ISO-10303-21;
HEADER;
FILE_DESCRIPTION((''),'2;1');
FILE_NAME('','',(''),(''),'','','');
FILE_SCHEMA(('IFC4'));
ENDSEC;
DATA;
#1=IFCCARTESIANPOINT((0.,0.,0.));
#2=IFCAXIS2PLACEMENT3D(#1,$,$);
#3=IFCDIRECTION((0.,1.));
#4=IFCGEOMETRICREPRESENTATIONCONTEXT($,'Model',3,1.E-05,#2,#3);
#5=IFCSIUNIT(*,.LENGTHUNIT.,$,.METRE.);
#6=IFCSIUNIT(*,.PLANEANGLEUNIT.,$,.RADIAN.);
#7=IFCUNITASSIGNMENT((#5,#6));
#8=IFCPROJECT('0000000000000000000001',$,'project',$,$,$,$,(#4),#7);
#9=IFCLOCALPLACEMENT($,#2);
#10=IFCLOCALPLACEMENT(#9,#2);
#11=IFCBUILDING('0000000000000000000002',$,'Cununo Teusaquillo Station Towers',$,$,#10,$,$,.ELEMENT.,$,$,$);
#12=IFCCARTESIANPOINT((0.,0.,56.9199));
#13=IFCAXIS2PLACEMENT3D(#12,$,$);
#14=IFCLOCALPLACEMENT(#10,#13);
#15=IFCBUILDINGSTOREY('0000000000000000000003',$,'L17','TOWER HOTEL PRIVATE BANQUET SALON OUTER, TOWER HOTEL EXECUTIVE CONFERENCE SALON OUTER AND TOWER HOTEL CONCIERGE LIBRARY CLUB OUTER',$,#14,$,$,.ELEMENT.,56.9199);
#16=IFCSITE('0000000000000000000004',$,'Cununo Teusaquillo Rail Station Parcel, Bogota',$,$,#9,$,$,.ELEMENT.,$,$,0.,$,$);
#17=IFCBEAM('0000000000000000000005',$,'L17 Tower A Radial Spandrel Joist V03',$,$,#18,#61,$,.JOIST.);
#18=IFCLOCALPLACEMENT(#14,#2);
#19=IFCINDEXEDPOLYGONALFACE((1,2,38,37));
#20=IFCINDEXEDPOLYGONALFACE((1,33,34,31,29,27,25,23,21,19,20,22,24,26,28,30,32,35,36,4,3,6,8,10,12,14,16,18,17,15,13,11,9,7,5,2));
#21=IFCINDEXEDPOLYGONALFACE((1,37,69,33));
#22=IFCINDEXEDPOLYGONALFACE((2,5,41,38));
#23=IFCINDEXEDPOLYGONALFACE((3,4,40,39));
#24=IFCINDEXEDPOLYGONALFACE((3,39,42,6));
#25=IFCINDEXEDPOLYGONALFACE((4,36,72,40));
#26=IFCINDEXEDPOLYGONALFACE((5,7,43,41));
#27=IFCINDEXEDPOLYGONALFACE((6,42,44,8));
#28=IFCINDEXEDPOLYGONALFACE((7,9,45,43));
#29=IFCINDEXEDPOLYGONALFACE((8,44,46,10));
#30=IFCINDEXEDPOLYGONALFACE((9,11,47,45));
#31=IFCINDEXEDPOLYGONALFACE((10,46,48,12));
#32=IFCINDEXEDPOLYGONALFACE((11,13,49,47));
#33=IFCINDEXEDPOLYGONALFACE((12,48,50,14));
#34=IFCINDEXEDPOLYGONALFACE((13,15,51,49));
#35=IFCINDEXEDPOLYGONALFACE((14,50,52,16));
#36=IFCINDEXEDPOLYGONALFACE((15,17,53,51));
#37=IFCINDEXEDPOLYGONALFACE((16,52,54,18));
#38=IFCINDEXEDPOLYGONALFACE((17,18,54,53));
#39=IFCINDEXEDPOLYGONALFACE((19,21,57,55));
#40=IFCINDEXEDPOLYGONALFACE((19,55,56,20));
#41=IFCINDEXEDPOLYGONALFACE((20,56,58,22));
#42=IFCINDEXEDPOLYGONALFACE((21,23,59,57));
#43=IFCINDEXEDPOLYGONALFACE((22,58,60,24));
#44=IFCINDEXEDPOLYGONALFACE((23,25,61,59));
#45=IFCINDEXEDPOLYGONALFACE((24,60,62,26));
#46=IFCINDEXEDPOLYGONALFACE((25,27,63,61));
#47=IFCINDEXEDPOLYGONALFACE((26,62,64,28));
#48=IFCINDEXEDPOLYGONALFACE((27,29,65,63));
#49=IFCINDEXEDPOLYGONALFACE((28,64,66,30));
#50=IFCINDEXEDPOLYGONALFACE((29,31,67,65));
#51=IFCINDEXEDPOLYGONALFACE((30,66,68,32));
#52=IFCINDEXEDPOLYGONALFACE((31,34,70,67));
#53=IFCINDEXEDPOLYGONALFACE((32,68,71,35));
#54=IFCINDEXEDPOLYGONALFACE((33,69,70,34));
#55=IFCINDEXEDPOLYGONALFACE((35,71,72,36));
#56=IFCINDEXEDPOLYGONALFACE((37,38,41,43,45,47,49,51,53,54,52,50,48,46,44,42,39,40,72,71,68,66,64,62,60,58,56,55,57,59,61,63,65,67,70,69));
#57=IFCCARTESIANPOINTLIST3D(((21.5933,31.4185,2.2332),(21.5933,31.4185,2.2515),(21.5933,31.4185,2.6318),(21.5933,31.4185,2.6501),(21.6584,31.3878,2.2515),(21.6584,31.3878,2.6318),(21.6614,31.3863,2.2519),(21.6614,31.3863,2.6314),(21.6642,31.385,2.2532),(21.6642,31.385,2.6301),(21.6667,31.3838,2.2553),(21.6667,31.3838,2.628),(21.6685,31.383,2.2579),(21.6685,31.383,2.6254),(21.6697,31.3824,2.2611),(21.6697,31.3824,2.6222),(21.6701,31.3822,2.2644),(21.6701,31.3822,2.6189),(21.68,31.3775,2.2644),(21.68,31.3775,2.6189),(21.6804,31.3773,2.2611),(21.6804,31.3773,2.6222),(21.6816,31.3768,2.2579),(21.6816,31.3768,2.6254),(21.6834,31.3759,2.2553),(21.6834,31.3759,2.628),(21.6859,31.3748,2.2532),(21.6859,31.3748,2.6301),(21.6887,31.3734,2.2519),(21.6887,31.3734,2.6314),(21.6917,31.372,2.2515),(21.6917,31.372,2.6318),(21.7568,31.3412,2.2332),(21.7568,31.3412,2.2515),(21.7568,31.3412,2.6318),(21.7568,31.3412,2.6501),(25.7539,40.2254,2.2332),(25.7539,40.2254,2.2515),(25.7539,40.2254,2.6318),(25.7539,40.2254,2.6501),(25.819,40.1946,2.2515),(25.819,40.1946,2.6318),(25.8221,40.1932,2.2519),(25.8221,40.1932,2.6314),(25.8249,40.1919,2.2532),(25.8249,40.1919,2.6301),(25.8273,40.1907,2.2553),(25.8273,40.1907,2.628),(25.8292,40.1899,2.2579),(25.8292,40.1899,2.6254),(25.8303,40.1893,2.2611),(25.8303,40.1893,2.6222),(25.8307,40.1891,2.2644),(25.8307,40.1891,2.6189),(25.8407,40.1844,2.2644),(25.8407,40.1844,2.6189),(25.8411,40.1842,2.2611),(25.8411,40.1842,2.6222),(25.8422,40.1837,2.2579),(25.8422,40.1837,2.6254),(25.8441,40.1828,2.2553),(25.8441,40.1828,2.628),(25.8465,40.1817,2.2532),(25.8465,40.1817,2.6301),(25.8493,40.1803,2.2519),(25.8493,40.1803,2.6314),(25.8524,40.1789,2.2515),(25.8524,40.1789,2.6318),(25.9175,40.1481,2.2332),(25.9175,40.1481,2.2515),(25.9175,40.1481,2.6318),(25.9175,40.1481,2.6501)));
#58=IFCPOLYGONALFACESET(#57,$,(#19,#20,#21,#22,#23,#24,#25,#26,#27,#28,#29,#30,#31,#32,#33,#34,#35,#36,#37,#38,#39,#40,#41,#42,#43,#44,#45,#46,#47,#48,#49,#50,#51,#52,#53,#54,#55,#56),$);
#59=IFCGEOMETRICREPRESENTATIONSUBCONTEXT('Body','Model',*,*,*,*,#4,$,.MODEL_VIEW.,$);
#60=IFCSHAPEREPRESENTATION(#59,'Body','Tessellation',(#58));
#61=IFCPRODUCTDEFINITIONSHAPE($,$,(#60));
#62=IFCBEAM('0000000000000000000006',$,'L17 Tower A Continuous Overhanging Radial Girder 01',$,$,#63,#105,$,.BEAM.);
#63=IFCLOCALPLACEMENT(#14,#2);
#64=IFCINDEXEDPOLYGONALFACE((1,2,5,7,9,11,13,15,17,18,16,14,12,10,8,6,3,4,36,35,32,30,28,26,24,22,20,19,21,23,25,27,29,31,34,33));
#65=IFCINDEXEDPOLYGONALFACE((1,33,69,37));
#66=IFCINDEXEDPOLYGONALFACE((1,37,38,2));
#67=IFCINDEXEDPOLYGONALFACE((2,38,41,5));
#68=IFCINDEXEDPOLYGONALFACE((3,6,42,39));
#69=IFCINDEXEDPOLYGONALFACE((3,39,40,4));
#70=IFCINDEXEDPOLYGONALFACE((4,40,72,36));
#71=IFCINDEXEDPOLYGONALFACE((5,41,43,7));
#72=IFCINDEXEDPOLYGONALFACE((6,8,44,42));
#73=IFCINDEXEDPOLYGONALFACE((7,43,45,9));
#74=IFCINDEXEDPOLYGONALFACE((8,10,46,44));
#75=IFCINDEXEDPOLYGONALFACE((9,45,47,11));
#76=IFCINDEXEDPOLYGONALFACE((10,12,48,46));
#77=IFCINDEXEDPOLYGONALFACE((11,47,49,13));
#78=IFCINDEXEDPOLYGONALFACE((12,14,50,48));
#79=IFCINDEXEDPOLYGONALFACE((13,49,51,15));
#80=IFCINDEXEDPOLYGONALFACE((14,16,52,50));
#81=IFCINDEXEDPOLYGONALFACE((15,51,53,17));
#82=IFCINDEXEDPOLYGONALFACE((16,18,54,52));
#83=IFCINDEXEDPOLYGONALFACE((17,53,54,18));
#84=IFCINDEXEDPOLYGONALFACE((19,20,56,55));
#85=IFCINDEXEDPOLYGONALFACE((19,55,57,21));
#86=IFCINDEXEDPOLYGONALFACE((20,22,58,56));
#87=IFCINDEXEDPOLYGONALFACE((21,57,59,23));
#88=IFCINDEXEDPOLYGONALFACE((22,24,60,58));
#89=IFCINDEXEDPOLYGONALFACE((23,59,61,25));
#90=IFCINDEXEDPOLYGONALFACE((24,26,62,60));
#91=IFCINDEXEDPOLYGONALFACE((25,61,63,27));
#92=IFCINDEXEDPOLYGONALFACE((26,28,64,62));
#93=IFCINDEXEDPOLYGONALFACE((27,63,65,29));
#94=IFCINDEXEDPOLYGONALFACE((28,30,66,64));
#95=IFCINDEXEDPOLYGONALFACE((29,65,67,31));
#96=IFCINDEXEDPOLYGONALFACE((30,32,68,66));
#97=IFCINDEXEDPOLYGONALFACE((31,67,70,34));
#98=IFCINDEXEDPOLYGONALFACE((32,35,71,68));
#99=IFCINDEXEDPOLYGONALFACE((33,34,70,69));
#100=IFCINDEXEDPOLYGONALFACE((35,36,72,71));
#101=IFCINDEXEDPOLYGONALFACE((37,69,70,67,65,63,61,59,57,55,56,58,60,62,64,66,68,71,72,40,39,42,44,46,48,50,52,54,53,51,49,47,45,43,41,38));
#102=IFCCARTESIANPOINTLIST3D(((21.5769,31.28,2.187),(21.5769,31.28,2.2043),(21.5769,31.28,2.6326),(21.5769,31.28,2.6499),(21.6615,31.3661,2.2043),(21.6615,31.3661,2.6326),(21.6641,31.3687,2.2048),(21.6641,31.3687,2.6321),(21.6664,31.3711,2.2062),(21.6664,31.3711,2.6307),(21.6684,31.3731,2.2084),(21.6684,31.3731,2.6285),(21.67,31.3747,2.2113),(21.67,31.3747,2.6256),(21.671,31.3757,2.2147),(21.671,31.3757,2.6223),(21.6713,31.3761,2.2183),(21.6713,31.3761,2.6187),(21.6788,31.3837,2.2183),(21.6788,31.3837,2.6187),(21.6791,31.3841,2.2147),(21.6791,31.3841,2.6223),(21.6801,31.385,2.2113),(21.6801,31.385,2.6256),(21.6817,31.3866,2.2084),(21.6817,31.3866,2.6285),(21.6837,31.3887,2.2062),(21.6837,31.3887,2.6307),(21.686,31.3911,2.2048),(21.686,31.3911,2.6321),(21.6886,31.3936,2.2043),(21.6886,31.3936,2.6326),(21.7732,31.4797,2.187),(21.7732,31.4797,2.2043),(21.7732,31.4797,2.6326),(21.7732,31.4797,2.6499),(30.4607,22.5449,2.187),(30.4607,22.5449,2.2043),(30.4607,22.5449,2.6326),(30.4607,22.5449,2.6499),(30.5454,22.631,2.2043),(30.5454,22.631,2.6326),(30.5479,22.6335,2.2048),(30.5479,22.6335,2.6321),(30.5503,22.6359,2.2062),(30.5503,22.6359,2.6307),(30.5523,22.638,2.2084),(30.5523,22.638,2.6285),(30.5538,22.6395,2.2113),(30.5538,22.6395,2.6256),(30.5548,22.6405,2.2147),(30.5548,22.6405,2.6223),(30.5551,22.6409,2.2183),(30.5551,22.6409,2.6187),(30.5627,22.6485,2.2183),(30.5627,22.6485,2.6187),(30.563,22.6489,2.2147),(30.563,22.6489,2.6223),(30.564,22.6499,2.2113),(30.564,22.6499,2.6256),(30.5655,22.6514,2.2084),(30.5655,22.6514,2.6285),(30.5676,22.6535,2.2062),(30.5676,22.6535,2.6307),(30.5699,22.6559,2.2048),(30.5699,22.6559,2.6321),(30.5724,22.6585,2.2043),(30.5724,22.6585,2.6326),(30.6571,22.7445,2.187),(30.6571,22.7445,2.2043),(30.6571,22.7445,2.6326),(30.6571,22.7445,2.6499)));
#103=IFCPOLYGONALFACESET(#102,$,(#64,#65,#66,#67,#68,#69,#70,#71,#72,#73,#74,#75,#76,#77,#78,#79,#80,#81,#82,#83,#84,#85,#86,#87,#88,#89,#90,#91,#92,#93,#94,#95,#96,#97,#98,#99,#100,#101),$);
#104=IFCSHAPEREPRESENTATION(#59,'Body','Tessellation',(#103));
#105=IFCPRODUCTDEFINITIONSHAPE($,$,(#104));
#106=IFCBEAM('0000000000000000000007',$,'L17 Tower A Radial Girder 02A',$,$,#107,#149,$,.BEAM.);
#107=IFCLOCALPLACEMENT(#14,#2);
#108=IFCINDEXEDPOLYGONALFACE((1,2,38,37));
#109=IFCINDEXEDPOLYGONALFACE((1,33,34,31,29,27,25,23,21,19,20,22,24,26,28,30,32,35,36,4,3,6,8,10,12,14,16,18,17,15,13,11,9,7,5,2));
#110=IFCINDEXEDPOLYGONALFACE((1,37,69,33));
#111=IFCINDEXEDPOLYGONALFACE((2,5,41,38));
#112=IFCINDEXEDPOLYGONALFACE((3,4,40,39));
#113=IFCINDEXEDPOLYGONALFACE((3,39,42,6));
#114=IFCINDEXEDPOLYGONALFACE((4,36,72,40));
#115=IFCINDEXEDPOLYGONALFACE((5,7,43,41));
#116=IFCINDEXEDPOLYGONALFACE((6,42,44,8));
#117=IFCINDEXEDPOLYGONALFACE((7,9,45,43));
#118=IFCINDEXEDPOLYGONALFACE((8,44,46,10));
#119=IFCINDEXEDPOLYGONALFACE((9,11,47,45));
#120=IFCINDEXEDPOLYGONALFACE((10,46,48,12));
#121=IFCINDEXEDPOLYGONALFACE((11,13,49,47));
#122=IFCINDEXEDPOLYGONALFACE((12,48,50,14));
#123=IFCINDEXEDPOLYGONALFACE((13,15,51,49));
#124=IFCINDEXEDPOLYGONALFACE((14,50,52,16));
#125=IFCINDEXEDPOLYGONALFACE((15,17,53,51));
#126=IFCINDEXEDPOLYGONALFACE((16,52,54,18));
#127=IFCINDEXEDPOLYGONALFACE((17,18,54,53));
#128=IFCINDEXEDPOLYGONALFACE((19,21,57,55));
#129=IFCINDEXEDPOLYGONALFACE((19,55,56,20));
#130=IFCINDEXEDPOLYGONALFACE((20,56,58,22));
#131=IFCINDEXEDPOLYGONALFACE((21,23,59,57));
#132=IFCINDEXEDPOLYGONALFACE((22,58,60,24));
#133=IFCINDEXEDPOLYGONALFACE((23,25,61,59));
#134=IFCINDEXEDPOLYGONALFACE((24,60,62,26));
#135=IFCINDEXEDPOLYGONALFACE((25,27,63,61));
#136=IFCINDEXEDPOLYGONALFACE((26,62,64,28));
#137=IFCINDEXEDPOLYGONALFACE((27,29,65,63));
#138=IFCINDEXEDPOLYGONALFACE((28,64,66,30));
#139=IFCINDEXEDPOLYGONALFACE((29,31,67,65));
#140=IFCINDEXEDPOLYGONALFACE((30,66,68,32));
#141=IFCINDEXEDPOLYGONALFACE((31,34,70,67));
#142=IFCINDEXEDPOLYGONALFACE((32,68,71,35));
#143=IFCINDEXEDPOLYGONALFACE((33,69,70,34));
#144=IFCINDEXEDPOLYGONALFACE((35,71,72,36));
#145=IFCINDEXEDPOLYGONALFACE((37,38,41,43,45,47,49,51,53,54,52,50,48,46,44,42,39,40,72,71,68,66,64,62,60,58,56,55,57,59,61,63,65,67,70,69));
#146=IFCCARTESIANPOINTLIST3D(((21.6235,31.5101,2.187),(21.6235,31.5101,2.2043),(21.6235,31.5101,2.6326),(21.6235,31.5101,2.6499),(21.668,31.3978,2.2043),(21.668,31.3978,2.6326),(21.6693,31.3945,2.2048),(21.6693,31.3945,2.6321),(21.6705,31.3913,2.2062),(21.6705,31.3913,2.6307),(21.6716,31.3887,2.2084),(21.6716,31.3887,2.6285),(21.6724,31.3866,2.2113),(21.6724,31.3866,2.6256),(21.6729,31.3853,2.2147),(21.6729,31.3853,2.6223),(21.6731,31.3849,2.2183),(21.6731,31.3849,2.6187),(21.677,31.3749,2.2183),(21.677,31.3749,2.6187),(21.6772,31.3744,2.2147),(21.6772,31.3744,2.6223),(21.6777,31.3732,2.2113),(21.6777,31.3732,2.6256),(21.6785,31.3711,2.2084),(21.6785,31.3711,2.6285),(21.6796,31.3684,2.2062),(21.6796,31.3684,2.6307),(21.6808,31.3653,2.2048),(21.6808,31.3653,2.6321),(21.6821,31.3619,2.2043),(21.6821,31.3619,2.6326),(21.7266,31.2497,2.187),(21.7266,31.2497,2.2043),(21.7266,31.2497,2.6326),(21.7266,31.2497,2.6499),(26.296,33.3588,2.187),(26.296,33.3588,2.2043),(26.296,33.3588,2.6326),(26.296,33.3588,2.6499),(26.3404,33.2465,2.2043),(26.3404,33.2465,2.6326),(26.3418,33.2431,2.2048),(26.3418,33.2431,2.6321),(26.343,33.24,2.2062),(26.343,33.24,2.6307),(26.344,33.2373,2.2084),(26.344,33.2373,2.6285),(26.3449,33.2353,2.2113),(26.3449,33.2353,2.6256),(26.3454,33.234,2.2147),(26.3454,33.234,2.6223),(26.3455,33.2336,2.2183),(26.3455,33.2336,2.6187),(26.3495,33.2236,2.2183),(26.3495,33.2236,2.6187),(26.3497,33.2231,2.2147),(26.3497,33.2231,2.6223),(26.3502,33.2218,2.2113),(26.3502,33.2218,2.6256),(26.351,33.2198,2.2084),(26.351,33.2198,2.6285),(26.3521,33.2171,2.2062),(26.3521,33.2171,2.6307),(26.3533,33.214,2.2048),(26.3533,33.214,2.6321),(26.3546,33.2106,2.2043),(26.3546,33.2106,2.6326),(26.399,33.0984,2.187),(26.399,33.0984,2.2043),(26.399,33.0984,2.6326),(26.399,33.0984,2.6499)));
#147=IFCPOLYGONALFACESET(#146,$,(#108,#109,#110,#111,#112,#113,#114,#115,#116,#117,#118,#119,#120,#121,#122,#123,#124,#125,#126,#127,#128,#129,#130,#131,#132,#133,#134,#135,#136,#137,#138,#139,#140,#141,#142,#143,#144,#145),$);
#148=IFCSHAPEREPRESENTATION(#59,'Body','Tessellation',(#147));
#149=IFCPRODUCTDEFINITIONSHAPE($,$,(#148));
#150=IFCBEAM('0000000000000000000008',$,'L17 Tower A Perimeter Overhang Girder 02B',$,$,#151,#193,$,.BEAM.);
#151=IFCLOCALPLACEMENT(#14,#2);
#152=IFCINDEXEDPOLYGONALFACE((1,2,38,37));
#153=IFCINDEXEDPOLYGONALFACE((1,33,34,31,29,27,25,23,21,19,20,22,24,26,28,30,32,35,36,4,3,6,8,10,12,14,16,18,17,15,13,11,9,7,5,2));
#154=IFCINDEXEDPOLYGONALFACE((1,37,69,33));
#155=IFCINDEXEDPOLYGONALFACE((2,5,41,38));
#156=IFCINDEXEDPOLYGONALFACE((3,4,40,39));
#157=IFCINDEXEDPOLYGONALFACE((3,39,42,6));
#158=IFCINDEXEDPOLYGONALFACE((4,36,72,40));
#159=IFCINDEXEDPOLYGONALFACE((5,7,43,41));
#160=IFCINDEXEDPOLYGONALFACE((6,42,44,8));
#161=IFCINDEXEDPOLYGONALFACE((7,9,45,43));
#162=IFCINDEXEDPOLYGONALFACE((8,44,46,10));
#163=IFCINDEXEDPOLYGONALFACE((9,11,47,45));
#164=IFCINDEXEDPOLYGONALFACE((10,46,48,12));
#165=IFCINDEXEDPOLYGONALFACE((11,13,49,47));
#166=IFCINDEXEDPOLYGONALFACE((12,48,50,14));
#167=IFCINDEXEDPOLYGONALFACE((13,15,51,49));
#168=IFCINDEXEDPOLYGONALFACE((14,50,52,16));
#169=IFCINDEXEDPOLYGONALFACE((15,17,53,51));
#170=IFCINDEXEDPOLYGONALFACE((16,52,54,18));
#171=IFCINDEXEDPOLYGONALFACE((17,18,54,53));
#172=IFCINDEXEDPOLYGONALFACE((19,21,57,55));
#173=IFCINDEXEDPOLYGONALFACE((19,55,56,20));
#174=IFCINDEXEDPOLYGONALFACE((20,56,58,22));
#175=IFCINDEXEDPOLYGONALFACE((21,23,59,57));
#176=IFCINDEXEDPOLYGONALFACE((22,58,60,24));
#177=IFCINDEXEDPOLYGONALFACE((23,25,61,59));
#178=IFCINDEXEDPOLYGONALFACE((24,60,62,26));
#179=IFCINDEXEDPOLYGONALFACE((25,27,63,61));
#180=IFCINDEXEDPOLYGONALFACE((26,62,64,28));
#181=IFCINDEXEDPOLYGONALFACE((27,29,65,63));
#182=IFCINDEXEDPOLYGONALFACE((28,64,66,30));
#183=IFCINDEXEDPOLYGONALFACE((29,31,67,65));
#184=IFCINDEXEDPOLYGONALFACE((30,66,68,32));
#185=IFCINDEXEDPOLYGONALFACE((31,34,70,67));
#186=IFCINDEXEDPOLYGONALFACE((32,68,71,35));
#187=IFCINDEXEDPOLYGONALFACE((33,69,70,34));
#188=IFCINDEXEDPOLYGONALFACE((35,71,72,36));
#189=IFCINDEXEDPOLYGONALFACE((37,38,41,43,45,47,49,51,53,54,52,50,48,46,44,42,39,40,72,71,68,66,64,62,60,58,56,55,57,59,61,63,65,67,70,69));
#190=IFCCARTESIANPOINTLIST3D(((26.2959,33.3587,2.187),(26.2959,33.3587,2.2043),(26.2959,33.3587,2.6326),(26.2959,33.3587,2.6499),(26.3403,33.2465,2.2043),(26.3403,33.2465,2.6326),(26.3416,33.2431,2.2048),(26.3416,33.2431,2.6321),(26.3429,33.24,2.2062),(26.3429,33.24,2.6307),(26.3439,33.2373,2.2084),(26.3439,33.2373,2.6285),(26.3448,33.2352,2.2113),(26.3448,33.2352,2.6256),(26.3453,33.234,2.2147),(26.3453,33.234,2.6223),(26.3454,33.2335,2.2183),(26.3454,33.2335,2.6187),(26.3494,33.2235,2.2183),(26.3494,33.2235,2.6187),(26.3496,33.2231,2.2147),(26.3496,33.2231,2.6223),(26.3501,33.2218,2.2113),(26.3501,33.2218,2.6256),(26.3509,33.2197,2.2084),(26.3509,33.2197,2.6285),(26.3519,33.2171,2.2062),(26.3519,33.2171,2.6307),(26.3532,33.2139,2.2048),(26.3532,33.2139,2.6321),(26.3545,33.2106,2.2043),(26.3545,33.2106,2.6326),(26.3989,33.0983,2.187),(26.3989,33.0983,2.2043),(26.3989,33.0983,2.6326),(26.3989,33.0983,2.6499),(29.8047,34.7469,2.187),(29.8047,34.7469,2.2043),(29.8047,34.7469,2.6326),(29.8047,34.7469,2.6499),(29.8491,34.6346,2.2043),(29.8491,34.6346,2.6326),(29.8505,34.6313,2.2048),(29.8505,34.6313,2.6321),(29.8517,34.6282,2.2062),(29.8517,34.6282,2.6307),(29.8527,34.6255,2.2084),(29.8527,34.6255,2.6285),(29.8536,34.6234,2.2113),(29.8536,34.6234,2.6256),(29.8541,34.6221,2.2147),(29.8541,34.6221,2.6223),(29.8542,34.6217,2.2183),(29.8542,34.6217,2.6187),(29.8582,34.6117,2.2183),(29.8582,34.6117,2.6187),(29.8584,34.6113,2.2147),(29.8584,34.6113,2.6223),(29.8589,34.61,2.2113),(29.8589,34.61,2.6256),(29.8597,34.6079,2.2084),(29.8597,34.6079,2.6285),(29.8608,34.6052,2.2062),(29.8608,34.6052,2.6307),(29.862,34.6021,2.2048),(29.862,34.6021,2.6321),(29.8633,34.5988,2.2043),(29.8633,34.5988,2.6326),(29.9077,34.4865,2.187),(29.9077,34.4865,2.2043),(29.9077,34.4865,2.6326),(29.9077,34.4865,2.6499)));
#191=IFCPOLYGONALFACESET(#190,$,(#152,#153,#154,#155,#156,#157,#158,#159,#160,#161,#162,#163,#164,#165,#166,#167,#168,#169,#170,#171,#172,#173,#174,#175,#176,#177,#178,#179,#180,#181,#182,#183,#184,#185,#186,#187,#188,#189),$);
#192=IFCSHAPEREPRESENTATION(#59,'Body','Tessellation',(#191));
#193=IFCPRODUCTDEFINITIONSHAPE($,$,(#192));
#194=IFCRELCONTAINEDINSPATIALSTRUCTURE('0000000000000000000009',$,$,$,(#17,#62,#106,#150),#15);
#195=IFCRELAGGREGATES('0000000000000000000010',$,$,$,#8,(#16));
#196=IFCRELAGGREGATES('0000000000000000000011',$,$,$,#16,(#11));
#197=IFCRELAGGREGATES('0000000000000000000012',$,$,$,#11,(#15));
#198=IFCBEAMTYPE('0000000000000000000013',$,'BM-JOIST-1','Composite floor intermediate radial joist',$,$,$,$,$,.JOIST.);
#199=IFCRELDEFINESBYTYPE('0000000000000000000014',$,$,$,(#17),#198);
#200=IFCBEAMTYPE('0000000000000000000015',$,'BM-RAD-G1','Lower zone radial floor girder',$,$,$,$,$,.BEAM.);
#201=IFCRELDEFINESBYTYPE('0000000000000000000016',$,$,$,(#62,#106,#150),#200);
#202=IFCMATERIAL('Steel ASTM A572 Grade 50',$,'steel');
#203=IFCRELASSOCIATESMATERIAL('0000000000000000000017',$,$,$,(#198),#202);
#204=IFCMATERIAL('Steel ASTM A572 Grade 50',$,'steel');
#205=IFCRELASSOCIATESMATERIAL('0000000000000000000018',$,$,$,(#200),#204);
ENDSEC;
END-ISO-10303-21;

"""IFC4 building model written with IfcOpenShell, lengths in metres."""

from ifc_helpers import new_model, si_unit, direction, frame, origin, origin_2d, place, context, subcontext, project, spatial, i_section, extrude, material, material_profile, profile_set, type_object, element, save


model = new_model("IFC4")

# Units and contexts
model_context = context("Model", 3, precision=1e-05, world=origin(), true_north=direction((0.0, 1.0)))
body_context = subcontext(model_context, "Body", "Model", "MODEL_VIEW")
ifc_project = project(units=[si_unit("LENGTHUNIT", "METRE"), si_unit("PLANEANGLEUNIT", "RADIAN")], contexts=[model_context])

# Site, building, storey
site_placement = place(None, origin())
site = spatial("IfcSite", under=ifc_project, at=site_placement, Name="Cununo Teusaquillo Rail Station Parcel, Bogota", CompositionType="ELEMENT", RefElevation=0.0)
building_placement = place(site_placement, origin())
building = spatial("IfcBuilding", under=site, at=building_placement, Name="Cununo Teusaquillo Station Towers", CompositionType="ELEMENT")
storey_placement = place(building_placement, frame((0.0, 0.0, 56.9199)))
storey = spatial("IfcBuildingStorey", under=building, at=storey_placement, Name="L17", Description="TOWER HOTEL PRIVATE BANQUET SALON OUTER, TOWER HOTEL EXECUTIVE CONFERENCE SALON OUTER AND TOWER HOTEL CONCIERGE LIBRARY CLUB OUTER", CompositionType="ELEMENT", Elevation=56.9199)

# Beams
ifc_material_1 = material(Name="Steel ASTM A572 Grade 50", Category="steel")
ifc_material_profile_1 = material_profile(ifc_material_1, i_section(OverallWidth=0.1809, OverallDepth=0.417, WebThickness=0.011, FlangeThickness=0.0183, FilletRadius=0.0129, at=origin_2d()), Name="W16X57")
ifc_profile_set_1 = profile_set([ifc_material_profile_1], Name="Steel ASTM A572 Grade 50")
beam_type_1 = type_object("IfcBeamType", Name="BM-JOIST-1", Description="Composite floor intermediate radial joist", PredefinedType="JOIST", material=ifc_profile_set_1)
beam_1_placement = place(storey_placement, frame((21.675, 31.3799, 2.4417), z_axis=(0.427161, 0.904176, 0.0), x_axis=(-0.904176, 0.427161, 0.0)))
element("IfcBeam", 1, at=beam_1_placement, inside=storey, type_object=beam_type_1, Name="L17 Tower A Radial Spandrel Joist V03", PredefinedType="JOIST", context=body_context, shape_type="SweptSolid", body=[
    extrude(i_section(OverallWidth=0.1809, OverallDepth=0.417, WebThickness=0.011, FlangeThickness=0.0183, FilletRadius=0.0129, at=origin_2d()), origin(), (0.0, 0.0, 1.0), 9.7402),
])
ifc_material_2 = material(Name="Steel ASTM A572 Grade 50", Category="steel")
ifc_material_profile_2 = material_profile(ifc_material_2, i_section(OverallWidth=0.28, OverallDepth=0.4629, WebThickness=0.0107, FlangeThickness=0.0173, FilletRadius=0.0139, at=origin_2d()), Name="W18X76")
ifc_profile_set_2 = profile_set([ifc_material_profile_2], Name="Steel ASTM A572 Grade 50")
beam_type_2 = type_object("IfcBeamType", Name="BM-RAD-G1", Description="Lower zone radial floor girder", PredefinedType="BEAM", material=ifc_profile_set_2)
beam_2_placement = place(storey_placement, frame((21.675, 31.3799, 2.4185), z_axis=(0.713048, -0.701115, 0.0), x_axis=(0.701115, 0.713048, 0.0)))
element("IfcBeam", 2, at=beam_2_placement, inside=storey, type_object=beam_type_2, Name="L17 Tower A Continuous Overhanging Radial Girder 01", PredefinedType="BEAM", context=body_context, shape_type="SweptSolid", body=[
    extrude(i_section(OverallWidth=0.28, OverallDepth=0.4629, WebThickness=0.0107, FlangeThickness=0.0173, FilletRadius=0.0139, at=origin_2d()), origin(), (0.0, 0.0, 1.0), 12.459),
])
beam_3_placement = place(storey_placement, frame((21.675, 31.3799, 2.4185), z_axis=(0.929864, 0.367903, 0.0), x_axis=(-0.367903, 0.929864, 0.0)))
element("IfcBeam", 3, at=beam_3_placement, inside=storey, type_object=beam_type_2, Name="L17 Tower A Radial Girder 02A", PredefinedType="BEAM", context=body_context, shape_type="SweptSolid", body=[
    extrude(i_section(OverallWidth=0.28, OverallDepth=0.4629, WebThickness=0.0107, FlangeThickness=0.0173, FilletRadius=0.0139, at=origin_2d()), origin(), (0.0, 0.0, 1.0), 5.0249),
])
beam_4_placement = place(storey_placement, frame((26.3474, 33.2285, 2.4185), z_axis=(0.929871, 0.367885, 0.0), x_axis=(-0.367885, 0.929871, 0.0)))
element("IfcBeam", 4, at=beam_4_placement, inside=storey, type_object=beam_type_2, Name="L17 Tower A Perimeter Overhang Girder 02B", PredefinedType="BEAM", context=body_context, shape_type="SweptSolid", body=[
    extrude(i_section(OverallWidth=0.28, OverallDepth=0.4629, WebThickness=0.0107, FlangeThickness=0.0173, FilletRadius=0.0139, at=origin_2d()), origin(), (0.0, 0.0, 1.0), 3.7734),
])

save(model, "model.ifc")
